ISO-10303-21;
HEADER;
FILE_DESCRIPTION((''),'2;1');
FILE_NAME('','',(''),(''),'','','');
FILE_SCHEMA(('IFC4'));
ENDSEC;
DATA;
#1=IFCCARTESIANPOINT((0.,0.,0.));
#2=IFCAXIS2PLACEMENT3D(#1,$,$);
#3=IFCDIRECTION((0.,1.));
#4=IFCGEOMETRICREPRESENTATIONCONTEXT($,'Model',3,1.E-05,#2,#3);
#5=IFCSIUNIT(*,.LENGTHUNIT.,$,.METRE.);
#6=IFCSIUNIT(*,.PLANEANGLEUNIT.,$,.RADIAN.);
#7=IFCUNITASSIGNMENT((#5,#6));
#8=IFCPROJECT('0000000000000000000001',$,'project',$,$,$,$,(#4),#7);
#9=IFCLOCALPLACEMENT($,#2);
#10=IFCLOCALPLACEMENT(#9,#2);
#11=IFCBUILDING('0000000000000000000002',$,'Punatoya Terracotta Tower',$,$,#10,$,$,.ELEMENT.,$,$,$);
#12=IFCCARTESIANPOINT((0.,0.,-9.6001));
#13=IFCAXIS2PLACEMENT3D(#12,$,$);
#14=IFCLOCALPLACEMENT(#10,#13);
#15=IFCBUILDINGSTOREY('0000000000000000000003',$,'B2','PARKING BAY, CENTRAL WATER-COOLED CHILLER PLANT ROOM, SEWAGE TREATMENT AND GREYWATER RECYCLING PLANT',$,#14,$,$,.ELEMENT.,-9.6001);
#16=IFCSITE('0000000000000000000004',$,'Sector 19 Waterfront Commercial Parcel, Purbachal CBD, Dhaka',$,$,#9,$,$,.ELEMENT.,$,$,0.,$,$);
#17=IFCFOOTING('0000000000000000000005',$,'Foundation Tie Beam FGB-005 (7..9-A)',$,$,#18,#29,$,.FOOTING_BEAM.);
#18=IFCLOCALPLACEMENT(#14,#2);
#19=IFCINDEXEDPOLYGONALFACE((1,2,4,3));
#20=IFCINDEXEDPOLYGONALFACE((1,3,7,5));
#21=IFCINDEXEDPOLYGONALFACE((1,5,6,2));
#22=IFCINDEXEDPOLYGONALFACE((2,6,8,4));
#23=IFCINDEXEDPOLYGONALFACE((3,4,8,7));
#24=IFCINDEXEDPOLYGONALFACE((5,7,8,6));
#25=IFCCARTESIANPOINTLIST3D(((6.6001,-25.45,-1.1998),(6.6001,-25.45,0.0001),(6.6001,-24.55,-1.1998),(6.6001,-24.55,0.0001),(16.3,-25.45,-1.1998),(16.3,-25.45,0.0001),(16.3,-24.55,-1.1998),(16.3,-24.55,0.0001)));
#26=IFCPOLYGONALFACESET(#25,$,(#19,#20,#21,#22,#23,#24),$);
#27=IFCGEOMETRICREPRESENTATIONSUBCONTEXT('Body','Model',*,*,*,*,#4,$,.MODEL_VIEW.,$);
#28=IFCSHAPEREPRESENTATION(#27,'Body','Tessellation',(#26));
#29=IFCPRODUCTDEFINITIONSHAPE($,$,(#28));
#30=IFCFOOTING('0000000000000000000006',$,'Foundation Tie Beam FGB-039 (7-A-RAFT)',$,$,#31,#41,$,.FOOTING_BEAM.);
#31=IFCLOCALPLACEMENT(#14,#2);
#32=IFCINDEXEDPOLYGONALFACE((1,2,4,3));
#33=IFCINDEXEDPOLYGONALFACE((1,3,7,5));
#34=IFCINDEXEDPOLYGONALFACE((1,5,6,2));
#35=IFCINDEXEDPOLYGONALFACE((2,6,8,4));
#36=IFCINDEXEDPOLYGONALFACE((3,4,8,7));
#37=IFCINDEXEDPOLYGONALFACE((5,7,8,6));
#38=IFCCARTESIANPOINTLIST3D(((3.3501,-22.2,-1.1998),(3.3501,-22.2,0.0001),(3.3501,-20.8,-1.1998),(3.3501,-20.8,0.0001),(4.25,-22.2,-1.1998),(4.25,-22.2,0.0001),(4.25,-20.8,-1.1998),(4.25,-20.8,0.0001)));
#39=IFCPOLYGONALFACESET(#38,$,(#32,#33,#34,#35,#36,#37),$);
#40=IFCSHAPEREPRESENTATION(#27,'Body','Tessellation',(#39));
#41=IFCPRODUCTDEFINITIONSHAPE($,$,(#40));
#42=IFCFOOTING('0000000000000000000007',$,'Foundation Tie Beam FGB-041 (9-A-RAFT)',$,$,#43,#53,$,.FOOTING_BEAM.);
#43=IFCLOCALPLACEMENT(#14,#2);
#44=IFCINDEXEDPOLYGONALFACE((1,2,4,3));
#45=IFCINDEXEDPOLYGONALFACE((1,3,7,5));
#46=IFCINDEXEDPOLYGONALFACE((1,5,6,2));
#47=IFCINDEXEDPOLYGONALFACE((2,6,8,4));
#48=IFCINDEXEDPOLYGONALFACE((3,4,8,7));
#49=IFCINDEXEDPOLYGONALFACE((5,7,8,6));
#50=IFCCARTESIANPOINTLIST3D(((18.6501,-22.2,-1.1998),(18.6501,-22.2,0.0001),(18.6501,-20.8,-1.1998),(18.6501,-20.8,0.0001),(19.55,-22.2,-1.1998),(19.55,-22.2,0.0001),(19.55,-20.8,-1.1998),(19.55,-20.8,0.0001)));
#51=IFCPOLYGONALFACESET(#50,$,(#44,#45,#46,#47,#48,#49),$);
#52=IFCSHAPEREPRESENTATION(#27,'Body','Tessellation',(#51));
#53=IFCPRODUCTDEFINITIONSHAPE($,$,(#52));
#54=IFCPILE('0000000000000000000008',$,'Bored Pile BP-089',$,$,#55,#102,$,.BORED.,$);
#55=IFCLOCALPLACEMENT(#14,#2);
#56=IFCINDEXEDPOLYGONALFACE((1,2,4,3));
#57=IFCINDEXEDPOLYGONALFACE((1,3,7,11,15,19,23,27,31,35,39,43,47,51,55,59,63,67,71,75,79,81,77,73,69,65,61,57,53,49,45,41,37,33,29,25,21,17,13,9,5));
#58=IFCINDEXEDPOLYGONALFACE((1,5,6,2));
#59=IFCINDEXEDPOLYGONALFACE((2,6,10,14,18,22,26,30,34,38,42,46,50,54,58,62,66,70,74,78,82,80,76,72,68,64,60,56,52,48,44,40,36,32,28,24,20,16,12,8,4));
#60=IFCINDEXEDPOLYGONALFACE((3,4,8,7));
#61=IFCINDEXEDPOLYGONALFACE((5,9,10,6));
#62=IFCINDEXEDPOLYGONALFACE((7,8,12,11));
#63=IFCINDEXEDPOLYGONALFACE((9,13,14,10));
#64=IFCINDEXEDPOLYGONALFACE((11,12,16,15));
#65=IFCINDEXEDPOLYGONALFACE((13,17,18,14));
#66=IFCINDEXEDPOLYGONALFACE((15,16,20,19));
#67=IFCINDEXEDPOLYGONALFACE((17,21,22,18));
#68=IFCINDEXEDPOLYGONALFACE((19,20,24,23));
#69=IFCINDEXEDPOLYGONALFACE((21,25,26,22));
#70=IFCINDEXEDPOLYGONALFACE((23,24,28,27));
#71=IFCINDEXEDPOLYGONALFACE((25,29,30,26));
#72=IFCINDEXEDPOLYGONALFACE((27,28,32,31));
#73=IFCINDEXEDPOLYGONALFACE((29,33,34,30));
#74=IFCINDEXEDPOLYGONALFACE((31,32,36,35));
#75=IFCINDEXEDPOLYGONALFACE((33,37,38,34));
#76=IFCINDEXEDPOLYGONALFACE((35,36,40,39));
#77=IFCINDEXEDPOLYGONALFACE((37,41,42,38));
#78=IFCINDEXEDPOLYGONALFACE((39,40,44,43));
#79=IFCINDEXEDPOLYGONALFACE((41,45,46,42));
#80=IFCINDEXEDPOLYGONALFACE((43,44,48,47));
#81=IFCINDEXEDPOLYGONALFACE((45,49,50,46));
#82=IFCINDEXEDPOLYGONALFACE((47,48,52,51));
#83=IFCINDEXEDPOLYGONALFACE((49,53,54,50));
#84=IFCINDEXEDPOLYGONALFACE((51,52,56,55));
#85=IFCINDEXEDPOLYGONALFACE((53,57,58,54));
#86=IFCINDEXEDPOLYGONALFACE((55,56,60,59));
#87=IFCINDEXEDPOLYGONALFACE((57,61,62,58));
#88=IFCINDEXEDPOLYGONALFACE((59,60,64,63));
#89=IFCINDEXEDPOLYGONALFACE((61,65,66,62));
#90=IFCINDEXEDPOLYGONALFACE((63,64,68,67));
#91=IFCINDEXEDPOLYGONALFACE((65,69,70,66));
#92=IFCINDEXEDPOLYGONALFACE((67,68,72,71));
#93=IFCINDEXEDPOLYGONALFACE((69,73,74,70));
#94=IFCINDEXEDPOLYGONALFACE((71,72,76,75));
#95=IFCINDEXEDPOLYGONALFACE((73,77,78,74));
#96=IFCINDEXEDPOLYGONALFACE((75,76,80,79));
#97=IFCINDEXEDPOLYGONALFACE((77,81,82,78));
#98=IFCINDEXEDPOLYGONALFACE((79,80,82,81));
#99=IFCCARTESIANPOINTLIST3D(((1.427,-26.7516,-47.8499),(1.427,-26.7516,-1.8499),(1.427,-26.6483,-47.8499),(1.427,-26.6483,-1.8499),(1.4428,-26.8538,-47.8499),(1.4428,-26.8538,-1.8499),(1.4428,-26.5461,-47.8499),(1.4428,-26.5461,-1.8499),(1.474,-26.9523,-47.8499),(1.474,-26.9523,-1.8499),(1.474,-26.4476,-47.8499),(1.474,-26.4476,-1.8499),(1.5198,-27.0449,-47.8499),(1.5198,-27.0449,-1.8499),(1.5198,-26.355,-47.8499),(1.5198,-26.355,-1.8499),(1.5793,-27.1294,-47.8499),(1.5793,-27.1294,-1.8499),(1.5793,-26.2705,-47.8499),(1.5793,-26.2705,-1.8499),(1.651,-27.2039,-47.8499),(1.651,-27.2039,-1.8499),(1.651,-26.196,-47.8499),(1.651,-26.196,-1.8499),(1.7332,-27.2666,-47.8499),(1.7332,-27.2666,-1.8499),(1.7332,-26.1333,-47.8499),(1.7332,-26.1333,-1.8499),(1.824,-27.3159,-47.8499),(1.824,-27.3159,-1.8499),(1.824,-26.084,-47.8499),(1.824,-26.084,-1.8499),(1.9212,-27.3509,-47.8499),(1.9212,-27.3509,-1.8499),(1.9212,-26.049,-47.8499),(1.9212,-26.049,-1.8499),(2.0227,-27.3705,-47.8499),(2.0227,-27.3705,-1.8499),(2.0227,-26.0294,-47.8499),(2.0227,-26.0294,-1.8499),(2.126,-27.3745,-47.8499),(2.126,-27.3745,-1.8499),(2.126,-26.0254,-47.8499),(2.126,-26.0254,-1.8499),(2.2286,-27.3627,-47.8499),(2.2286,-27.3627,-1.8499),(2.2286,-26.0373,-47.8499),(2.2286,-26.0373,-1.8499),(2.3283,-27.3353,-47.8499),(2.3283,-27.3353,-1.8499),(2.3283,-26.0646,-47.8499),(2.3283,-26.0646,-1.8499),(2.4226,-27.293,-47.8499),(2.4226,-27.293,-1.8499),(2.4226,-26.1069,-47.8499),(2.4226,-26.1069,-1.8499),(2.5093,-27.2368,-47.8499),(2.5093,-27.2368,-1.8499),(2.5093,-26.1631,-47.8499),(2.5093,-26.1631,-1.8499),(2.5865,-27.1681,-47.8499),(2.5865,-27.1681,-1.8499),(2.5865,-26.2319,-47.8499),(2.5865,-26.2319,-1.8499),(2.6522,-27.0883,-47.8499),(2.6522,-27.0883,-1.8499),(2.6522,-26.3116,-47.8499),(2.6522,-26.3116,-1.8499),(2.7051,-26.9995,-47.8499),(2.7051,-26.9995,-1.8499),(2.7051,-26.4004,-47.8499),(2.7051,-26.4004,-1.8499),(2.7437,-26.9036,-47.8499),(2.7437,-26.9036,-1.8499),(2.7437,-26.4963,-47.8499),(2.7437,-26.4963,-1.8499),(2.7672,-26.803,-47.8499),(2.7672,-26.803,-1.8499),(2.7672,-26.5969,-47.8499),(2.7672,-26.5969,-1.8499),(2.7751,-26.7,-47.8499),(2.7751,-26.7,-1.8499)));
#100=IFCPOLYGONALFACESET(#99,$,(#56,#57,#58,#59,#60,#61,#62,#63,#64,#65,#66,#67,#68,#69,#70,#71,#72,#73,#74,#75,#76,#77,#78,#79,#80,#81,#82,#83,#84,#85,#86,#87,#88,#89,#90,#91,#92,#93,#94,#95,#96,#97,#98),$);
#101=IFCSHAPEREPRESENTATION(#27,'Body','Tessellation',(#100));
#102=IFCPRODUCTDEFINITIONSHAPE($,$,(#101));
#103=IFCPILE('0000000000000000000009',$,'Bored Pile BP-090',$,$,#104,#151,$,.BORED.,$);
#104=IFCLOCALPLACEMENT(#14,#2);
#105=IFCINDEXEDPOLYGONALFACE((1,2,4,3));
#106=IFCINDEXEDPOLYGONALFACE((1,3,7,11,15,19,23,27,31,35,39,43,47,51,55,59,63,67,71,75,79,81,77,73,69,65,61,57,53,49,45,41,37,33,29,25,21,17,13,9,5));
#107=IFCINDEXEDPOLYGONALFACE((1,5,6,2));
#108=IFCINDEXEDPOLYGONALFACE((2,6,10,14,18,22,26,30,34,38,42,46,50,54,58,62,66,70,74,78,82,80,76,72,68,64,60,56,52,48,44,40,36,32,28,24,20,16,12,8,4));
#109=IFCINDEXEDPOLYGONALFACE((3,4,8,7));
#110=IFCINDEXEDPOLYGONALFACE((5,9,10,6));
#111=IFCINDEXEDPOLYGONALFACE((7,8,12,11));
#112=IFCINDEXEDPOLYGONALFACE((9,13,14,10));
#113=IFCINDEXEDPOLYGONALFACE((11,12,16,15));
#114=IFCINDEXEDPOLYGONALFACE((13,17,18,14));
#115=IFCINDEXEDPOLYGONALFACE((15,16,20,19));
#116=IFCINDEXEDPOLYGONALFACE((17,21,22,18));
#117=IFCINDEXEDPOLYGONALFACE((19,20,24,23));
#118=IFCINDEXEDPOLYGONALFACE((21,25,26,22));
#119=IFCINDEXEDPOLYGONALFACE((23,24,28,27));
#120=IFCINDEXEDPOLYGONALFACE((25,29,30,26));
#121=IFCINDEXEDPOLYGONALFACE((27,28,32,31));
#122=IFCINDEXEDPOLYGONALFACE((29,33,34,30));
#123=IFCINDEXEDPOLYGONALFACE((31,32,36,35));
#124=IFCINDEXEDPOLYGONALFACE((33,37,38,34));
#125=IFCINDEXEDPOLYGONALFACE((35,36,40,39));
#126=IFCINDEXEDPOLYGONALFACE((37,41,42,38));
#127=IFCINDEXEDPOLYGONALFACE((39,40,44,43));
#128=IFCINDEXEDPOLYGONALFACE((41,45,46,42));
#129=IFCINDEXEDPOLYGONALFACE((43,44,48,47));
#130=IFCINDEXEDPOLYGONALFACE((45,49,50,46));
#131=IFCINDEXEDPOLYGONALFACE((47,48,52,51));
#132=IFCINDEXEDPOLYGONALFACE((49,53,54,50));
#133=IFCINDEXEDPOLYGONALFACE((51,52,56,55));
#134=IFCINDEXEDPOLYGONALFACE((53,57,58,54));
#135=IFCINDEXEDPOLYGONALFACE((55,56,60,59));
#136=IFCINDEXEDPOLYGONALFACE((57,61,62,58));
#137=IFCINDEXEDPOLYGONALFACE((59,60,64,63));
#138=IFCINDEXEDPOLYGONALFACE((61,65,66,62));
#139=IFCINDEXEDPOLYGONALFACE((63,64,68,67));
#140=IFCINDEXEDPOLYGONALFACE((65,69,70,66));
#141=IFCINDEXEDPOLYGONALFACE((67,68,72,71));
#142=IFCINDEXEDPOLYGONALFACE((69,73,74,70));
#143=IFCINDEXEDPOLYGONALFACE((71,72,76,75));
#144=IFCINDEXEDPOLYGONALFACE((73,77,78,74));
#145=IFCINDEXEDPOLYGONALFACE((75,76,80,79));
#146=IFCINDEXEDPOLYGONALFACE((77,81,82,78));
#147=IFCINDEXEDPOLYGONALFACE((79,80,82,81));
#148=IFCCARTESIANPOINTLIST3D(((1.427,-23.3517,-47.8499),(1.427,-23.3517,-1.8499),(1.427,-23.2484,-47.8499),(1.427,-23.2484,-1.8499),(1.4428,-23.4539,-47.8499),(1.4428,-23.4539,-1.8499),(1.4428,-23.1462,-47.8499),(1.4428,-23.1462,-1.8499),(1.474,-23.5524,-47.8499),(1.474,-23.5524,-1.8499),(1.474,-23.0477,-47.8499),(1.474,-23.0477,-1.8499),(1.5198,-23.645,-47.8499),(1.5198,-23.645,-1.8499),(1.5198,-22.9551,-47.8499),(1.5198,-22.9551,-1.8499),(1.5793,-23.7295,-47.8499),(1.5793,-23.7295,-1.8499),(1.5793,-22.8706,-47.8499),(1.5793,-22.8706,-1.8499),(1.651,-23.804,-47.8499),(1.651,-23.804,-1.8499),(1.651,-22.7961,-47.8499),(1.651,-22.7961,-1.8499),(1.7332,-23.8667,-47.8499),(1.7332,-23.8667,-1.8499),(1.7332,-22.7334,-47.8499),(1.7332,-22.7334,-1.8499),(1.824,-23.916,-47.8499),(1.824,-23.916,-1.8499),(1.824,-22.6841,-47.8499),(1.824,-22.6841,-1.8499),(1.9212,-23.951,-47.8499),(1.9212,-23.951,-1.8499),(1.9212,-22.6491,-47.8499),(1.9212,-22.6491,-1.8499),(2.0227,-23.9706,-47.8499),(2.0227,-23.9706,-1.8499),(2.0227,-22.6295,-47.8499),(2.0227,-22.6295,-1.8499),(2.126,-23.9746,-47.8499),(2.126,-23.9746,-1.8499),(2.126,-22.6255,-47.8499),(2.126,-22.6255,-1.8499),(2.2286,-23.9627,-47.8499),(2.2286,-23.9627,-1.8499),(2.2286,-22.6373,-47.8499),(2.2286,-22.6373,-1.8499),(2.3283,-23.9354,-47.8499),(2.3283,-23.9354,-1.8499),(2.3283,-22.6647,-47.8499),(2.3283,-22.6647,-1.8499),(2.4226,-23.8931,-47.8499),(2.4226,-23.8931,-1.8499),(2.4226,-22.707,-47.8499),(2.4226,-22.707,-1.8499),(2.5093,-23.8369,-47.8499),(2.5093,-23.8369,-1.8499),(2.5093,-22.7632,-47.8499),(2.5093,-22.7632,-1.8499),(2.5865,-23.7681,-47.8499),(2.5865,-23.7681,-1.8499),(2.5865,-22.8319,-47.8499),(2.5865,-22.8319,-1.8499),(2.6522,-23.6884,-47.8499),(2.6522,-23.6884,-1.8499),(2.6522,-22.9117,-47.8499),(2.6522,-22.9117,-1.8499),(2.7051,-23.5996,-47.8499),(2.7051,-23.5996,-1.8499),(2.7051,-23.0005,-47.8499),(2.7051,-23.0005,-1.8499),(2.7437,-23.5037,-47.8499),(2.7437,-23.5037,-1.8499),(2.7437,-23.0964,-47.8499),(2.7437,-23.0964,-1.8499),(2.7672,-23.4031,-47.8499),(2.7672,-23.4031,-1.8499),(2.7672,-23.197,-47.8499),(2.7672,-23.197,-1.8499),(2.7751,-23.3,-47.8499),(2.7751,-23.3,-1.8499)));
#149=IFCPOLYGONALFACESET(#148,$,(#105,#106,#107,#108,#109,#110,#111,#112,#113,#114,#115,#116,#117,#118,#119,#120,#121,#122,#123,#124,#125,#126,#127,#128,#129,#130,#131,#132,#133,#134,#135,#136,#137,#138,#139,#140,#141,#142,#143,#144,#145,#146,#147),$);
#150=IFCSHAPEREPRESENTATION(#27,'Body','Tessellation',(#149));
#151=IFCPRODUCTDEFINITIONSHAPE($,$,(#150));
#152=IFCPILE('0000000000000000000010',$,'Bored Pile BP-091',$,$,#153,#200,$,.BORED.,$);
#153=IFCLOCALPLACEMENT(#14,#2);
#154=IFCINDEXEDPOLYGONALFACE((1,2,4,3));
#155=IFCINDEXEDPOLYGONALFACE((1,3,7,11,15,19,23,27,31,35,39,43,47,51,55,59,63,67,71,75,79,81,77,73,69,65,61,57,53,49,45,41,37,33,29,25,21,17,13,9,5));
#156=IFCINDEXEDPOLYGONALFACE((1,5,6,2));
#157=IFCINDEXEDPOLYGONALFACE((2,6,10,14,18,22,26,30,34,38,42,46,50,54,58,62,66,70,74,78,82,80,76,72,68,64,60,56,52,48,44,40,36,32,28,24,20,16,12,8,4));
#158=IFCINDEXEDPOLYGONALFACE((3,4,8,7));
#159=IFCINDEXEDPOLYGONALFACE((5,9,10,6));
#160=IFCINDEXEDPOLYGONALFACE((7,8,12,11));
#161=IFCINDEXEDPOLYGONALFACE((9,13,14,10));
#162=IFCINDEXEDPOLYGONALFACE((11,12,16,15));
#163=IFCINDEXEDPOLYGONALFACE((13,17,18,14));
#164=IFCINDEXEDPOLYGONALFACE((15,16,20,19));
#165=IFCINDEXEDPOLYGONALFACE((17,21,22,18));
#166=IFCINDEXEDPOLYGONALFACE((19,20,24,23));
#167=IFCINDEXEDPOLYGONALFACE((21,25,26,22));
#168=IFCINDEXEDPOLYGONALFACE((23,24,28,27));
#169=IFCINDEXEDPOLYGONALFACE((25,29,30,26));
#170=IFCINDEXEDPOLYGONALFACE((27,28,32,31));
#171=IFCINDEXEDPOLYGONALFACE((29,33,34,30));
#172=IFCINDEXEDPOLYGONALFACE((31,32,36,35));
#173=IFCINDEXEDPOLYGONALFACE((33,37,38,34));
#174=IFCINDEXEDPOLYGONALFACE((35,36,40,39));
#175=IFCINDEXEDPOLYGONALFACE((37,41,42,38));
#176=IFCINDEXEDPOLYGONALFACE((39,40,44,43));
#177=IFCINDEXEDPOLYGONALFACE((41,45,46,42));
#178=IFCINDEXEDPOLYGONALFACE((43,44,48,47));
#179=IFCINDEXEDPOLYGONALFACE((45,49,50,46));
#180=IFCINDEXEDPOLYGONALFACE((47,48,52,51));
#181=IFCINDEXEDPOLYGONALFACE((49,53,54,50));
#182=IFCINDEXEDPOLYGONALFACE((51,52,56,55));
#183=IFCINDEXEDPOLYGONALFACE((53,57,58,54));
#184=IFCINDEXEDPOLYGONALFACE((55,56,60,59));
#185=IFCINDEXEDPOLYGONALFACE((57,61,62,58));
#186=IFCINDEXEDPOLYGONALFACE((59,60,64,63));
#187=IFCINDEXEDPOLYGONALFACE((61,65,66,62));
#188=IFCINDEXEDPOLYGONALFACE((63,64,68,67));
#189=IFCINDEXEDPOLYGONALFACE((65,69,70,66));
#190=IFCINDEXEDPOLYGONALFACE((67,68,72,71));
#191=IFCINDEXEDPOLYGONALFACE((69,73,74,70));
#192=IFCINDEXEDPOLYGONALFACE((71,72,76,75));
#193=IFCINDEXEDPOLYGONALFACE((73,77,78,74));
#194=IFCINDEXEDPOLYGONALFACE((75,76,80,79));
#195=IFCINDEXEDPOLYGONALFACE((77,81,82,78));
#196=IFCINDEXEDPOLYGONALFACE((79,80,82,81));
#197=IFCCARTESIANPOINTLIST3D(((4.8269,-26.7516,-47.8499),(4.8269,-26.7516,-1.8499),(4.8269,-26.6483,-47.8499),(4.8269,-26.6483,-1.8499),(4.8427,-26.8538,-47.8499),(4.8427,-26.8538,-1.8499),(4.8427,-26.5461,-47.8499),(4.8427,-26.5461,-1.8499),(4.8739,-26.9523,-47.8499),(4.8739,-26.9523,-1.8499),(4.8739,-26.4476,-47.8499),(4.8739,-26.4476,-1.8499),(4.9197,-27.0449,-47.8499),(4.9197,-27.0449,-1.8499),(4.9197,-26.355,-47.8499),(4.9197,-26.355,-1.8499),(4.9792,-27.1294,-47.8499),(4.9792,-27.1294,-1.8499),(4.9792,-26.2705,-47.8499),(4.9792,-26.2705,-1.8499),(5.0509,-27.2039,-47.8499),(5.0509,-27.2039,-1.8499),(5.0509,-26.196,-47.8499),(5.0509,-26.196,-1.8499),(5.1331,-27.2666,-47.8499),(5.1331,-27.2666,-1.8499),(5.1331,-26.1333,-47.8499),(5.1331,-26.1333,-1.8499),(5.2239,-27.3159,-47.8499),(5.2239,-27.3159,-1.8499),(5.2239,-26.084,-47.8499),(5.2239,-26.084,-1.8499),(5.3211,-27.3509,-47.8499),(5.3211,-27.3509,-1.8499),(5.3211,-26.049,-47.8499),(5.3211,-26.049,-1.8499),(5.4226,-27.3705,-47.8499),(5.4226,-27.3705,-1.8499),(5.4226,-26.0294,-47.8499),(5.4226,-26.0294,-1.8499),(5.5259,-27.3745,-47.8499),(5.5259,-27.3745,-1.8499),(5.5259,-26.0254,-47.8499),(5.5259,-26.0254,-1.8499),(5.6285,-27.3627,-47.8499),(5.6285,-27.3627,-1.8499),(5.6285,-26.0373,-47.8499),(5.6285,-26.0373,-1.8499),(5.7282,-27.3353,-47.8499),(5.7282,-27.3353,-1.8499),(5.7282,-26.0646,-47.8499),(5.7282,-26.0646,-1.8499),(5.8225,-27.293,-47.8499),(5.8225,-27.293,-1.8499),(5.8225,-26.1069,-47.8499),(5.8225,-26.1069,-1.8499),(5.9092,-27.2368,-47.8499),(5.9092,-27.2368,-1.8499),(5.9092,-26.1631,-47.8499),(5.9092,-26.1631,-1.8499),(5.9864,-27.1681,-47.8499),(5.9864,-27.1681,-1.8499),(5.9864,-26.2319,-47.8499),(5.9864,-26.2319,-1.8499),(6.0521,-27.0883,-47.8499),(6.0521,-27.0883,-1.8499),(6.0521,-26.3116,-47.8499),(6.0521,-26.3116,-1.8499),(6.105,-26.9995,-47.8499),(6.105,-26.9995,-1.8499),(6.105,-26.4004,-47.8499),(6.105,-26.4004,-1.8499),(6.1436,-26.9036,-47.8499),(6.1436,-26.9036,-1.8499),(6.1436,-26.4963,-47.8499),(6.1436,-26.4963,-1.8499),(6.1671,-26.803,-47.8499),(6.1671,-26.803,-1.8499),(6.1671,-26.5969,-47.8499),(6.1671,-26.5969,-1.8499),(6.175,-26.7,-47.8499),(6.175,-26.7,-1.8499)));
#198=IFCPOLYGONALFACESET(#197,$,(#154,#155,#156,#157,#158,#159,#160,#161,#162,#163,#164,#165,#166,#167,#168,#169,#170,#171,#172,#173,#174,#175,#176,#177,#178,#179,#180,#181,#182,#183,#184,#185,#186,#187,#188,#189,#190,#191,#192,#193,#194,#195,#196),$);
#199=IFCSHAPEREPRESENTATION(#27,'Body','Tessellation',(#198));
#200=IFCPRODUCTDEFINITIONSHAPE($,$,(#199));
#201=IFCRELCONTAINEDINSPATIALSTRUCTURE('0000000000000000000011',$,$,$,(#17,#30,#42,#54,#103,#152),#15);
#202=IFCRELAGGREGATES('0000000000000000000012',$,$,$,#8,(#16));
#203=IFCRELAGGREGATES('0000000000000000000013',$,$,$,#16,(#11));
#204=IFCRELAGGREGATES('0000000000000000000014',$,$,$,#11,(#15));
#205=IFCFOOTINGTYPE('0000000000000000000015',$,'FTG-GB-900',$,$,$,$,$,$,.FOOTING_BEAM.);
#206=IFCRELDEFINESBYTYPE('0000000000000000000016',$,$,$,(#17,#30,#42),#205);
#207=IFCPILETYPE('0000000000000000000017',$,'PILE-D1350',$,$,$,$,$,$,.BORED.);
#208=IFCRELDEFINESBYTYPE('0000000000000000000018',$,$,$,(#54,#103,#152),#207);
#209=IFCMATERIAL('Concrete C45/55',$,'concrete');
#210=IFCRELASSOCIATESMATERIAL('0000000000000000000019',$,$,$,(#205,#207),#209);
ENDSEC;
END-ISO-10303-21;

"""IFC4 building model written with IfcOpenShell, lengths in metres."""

from ifc_helpers import new_model, si_unit, direction, frame, origin, origin_2d, place, context, subcontext, project, spatial, rectangle, circle, extrude, material, material_profile, profile_set, type_object, element, save


model = new_model("IFC4")

# Units and contexts
model_context = context("Model", 3, precision=1e-05, world=origin(), true_north=direction((0.0, 1.0)))
body_context = subcontext(model_context, "Body", "Model", "MODEL_VIEW")
ifc_project = project(units=[si_unit("LENGTHUNIT", "METRE"), si_unit("PLANEANGLEUNIT", "RADIAN")], contexts=[model_context])

# Site, building, storey
site_placement = place(None, origin())
site = spatial("IfcSite", under=ifc_project, at=site_placement, Name="Sector 19 Waterfront Commercial Parcel, Purbachal CBD, Dhaka", CompositionType="ELEMENT", RefElevation=0.0)
building_placement = place(site_placement, origin())
building = spatial("IfcBuilding", under=site, at=building_placement, Name="Punatoya Terracotta Tower", CompositionType="ELEMENT")
storey_placement = place(building_placement, frame((0.0, 0.0, -9.6001)))
storey = spatial("IfcBuildingStorey", under=building, at=storey_placement, Name="B2", Description="PARKING BAY, CENTRAL WATER-COOLED CHILLER PLANT ROOM, SEWAGE TREATMENT AND GREYWATER RECYCLING PLANT", CompositionType="ELEMENT", Elevation=-9.6001)

# Footings
ifc_material_1 = material(Name="Concrete C45/55", Category="concrete")
ifc_material_profile_1 = material_profile(ifc_material_1, rectangle(XDim=0.8999, YDim=1.2, at=origin_2d()))
ifc_profile_set_1 = profile_set([ifc_material_profile_1], Name="Concrete C45/55")
footing_type = type_object("IfcFootingType", Name="FTG-GB-900", PredefinedType="FOOTING_BEAM", material=ifc_profile_set_1)
footing_placement = place(storey_placement, frame((6.6001, -25.0, -0.5999), z_axis=(1.0, 0.0, 0.0), x_axis=(0.0, 1.0, 0.0)))
element("IfcFooting", 1, at=footing_placement, inside=storey, type_object=footing_type, Name="Foundation Tie Beam FGB-005 (7..9-A)", PredefinedType="FOOTING_BEAM", context=body_context, shape_type="SweptSolid", body=[
    extrude(rectangle(XDim=0.8999, YDim=1.2, at=origin_2d()), origin(), (0.0, 0.0, 1.0), 9.7),
])
for number, where, z_axis, x_axis, name in (
    (2, (3.8, -22.2, -0.5999), (0.0, 1.0, 0.0), (-1.0, 0.0, 0.0), "Foundation Tie Beam FGB-039 (7-A-RAFT)"),
    (3, (19.1001, -22.2, -0.5999), (0.0, 1.0, 0.0), (-1.0, 0.0, 0.0), "Foundation Tie Beam FGB-041 (9-A-RAFT)"),
):
    element("IfcFooting", number, at=place(storey_placement, frame(where, z_axis=z_axis, x_axis=x_axis)), inside=storey, type_object=footing_type, Name=name, PredefinedType="FOOTING_BEAM", context=body_context, shape_type="SweptSolid", body=[
        extrude(rectangle(XDim=0.8999, YDim=1.2, at=origin_2d()), origin(), (0.0, 0.0, 1.0), 1.3999),
    ])

# Piles
ifc_material_profile_2 = material_profile(ifc_material_1, circle(Radius=0.675, at=origin_2d()))
ifc_profile_set_2 = profile_set([ifc_material_profile_2], Name="Concrete C45/55")
pile_type_1 = type_object("IfcPileType", Name="PILE-D1350", PredefinedType="BORED", material=ifc_profile_set_2)
for number, where, z_axis, x_axis, name in (
    (4, (2.1001, -26.7, -1.8499), (0.0, 0.0, -1.0), (1.0, 0.0, 0.0), "Bored Pile BP-089"),
    (5, (2.1001, -23.3, -1.8499), (0.0, 0.0, -1.0), (1.0, 0.0, 0.0), "Bored Pile BP-090"),
    (6, (5.5, -26.7, -1.8499), (0.0, 0.0, -1.0), (1.0, 0.0, 0.0), "Bored Pile BP-091"),
):
    element("IfcPile", number, at=place(storey_placement, frame(where, z_axis=z_axis, x_axis=x_axis)), inside=storey, type_object=pile_type_1, Name=name, PredefinedType="BORED", context=body_context, shape_type="SweptSolid", body=[
        extrude(circle(Radius=0.675, at=origin_2d()), origin(), (0.0, 0.0, 1.0), 46.0),
    ])

save(model, "model.ifc")
